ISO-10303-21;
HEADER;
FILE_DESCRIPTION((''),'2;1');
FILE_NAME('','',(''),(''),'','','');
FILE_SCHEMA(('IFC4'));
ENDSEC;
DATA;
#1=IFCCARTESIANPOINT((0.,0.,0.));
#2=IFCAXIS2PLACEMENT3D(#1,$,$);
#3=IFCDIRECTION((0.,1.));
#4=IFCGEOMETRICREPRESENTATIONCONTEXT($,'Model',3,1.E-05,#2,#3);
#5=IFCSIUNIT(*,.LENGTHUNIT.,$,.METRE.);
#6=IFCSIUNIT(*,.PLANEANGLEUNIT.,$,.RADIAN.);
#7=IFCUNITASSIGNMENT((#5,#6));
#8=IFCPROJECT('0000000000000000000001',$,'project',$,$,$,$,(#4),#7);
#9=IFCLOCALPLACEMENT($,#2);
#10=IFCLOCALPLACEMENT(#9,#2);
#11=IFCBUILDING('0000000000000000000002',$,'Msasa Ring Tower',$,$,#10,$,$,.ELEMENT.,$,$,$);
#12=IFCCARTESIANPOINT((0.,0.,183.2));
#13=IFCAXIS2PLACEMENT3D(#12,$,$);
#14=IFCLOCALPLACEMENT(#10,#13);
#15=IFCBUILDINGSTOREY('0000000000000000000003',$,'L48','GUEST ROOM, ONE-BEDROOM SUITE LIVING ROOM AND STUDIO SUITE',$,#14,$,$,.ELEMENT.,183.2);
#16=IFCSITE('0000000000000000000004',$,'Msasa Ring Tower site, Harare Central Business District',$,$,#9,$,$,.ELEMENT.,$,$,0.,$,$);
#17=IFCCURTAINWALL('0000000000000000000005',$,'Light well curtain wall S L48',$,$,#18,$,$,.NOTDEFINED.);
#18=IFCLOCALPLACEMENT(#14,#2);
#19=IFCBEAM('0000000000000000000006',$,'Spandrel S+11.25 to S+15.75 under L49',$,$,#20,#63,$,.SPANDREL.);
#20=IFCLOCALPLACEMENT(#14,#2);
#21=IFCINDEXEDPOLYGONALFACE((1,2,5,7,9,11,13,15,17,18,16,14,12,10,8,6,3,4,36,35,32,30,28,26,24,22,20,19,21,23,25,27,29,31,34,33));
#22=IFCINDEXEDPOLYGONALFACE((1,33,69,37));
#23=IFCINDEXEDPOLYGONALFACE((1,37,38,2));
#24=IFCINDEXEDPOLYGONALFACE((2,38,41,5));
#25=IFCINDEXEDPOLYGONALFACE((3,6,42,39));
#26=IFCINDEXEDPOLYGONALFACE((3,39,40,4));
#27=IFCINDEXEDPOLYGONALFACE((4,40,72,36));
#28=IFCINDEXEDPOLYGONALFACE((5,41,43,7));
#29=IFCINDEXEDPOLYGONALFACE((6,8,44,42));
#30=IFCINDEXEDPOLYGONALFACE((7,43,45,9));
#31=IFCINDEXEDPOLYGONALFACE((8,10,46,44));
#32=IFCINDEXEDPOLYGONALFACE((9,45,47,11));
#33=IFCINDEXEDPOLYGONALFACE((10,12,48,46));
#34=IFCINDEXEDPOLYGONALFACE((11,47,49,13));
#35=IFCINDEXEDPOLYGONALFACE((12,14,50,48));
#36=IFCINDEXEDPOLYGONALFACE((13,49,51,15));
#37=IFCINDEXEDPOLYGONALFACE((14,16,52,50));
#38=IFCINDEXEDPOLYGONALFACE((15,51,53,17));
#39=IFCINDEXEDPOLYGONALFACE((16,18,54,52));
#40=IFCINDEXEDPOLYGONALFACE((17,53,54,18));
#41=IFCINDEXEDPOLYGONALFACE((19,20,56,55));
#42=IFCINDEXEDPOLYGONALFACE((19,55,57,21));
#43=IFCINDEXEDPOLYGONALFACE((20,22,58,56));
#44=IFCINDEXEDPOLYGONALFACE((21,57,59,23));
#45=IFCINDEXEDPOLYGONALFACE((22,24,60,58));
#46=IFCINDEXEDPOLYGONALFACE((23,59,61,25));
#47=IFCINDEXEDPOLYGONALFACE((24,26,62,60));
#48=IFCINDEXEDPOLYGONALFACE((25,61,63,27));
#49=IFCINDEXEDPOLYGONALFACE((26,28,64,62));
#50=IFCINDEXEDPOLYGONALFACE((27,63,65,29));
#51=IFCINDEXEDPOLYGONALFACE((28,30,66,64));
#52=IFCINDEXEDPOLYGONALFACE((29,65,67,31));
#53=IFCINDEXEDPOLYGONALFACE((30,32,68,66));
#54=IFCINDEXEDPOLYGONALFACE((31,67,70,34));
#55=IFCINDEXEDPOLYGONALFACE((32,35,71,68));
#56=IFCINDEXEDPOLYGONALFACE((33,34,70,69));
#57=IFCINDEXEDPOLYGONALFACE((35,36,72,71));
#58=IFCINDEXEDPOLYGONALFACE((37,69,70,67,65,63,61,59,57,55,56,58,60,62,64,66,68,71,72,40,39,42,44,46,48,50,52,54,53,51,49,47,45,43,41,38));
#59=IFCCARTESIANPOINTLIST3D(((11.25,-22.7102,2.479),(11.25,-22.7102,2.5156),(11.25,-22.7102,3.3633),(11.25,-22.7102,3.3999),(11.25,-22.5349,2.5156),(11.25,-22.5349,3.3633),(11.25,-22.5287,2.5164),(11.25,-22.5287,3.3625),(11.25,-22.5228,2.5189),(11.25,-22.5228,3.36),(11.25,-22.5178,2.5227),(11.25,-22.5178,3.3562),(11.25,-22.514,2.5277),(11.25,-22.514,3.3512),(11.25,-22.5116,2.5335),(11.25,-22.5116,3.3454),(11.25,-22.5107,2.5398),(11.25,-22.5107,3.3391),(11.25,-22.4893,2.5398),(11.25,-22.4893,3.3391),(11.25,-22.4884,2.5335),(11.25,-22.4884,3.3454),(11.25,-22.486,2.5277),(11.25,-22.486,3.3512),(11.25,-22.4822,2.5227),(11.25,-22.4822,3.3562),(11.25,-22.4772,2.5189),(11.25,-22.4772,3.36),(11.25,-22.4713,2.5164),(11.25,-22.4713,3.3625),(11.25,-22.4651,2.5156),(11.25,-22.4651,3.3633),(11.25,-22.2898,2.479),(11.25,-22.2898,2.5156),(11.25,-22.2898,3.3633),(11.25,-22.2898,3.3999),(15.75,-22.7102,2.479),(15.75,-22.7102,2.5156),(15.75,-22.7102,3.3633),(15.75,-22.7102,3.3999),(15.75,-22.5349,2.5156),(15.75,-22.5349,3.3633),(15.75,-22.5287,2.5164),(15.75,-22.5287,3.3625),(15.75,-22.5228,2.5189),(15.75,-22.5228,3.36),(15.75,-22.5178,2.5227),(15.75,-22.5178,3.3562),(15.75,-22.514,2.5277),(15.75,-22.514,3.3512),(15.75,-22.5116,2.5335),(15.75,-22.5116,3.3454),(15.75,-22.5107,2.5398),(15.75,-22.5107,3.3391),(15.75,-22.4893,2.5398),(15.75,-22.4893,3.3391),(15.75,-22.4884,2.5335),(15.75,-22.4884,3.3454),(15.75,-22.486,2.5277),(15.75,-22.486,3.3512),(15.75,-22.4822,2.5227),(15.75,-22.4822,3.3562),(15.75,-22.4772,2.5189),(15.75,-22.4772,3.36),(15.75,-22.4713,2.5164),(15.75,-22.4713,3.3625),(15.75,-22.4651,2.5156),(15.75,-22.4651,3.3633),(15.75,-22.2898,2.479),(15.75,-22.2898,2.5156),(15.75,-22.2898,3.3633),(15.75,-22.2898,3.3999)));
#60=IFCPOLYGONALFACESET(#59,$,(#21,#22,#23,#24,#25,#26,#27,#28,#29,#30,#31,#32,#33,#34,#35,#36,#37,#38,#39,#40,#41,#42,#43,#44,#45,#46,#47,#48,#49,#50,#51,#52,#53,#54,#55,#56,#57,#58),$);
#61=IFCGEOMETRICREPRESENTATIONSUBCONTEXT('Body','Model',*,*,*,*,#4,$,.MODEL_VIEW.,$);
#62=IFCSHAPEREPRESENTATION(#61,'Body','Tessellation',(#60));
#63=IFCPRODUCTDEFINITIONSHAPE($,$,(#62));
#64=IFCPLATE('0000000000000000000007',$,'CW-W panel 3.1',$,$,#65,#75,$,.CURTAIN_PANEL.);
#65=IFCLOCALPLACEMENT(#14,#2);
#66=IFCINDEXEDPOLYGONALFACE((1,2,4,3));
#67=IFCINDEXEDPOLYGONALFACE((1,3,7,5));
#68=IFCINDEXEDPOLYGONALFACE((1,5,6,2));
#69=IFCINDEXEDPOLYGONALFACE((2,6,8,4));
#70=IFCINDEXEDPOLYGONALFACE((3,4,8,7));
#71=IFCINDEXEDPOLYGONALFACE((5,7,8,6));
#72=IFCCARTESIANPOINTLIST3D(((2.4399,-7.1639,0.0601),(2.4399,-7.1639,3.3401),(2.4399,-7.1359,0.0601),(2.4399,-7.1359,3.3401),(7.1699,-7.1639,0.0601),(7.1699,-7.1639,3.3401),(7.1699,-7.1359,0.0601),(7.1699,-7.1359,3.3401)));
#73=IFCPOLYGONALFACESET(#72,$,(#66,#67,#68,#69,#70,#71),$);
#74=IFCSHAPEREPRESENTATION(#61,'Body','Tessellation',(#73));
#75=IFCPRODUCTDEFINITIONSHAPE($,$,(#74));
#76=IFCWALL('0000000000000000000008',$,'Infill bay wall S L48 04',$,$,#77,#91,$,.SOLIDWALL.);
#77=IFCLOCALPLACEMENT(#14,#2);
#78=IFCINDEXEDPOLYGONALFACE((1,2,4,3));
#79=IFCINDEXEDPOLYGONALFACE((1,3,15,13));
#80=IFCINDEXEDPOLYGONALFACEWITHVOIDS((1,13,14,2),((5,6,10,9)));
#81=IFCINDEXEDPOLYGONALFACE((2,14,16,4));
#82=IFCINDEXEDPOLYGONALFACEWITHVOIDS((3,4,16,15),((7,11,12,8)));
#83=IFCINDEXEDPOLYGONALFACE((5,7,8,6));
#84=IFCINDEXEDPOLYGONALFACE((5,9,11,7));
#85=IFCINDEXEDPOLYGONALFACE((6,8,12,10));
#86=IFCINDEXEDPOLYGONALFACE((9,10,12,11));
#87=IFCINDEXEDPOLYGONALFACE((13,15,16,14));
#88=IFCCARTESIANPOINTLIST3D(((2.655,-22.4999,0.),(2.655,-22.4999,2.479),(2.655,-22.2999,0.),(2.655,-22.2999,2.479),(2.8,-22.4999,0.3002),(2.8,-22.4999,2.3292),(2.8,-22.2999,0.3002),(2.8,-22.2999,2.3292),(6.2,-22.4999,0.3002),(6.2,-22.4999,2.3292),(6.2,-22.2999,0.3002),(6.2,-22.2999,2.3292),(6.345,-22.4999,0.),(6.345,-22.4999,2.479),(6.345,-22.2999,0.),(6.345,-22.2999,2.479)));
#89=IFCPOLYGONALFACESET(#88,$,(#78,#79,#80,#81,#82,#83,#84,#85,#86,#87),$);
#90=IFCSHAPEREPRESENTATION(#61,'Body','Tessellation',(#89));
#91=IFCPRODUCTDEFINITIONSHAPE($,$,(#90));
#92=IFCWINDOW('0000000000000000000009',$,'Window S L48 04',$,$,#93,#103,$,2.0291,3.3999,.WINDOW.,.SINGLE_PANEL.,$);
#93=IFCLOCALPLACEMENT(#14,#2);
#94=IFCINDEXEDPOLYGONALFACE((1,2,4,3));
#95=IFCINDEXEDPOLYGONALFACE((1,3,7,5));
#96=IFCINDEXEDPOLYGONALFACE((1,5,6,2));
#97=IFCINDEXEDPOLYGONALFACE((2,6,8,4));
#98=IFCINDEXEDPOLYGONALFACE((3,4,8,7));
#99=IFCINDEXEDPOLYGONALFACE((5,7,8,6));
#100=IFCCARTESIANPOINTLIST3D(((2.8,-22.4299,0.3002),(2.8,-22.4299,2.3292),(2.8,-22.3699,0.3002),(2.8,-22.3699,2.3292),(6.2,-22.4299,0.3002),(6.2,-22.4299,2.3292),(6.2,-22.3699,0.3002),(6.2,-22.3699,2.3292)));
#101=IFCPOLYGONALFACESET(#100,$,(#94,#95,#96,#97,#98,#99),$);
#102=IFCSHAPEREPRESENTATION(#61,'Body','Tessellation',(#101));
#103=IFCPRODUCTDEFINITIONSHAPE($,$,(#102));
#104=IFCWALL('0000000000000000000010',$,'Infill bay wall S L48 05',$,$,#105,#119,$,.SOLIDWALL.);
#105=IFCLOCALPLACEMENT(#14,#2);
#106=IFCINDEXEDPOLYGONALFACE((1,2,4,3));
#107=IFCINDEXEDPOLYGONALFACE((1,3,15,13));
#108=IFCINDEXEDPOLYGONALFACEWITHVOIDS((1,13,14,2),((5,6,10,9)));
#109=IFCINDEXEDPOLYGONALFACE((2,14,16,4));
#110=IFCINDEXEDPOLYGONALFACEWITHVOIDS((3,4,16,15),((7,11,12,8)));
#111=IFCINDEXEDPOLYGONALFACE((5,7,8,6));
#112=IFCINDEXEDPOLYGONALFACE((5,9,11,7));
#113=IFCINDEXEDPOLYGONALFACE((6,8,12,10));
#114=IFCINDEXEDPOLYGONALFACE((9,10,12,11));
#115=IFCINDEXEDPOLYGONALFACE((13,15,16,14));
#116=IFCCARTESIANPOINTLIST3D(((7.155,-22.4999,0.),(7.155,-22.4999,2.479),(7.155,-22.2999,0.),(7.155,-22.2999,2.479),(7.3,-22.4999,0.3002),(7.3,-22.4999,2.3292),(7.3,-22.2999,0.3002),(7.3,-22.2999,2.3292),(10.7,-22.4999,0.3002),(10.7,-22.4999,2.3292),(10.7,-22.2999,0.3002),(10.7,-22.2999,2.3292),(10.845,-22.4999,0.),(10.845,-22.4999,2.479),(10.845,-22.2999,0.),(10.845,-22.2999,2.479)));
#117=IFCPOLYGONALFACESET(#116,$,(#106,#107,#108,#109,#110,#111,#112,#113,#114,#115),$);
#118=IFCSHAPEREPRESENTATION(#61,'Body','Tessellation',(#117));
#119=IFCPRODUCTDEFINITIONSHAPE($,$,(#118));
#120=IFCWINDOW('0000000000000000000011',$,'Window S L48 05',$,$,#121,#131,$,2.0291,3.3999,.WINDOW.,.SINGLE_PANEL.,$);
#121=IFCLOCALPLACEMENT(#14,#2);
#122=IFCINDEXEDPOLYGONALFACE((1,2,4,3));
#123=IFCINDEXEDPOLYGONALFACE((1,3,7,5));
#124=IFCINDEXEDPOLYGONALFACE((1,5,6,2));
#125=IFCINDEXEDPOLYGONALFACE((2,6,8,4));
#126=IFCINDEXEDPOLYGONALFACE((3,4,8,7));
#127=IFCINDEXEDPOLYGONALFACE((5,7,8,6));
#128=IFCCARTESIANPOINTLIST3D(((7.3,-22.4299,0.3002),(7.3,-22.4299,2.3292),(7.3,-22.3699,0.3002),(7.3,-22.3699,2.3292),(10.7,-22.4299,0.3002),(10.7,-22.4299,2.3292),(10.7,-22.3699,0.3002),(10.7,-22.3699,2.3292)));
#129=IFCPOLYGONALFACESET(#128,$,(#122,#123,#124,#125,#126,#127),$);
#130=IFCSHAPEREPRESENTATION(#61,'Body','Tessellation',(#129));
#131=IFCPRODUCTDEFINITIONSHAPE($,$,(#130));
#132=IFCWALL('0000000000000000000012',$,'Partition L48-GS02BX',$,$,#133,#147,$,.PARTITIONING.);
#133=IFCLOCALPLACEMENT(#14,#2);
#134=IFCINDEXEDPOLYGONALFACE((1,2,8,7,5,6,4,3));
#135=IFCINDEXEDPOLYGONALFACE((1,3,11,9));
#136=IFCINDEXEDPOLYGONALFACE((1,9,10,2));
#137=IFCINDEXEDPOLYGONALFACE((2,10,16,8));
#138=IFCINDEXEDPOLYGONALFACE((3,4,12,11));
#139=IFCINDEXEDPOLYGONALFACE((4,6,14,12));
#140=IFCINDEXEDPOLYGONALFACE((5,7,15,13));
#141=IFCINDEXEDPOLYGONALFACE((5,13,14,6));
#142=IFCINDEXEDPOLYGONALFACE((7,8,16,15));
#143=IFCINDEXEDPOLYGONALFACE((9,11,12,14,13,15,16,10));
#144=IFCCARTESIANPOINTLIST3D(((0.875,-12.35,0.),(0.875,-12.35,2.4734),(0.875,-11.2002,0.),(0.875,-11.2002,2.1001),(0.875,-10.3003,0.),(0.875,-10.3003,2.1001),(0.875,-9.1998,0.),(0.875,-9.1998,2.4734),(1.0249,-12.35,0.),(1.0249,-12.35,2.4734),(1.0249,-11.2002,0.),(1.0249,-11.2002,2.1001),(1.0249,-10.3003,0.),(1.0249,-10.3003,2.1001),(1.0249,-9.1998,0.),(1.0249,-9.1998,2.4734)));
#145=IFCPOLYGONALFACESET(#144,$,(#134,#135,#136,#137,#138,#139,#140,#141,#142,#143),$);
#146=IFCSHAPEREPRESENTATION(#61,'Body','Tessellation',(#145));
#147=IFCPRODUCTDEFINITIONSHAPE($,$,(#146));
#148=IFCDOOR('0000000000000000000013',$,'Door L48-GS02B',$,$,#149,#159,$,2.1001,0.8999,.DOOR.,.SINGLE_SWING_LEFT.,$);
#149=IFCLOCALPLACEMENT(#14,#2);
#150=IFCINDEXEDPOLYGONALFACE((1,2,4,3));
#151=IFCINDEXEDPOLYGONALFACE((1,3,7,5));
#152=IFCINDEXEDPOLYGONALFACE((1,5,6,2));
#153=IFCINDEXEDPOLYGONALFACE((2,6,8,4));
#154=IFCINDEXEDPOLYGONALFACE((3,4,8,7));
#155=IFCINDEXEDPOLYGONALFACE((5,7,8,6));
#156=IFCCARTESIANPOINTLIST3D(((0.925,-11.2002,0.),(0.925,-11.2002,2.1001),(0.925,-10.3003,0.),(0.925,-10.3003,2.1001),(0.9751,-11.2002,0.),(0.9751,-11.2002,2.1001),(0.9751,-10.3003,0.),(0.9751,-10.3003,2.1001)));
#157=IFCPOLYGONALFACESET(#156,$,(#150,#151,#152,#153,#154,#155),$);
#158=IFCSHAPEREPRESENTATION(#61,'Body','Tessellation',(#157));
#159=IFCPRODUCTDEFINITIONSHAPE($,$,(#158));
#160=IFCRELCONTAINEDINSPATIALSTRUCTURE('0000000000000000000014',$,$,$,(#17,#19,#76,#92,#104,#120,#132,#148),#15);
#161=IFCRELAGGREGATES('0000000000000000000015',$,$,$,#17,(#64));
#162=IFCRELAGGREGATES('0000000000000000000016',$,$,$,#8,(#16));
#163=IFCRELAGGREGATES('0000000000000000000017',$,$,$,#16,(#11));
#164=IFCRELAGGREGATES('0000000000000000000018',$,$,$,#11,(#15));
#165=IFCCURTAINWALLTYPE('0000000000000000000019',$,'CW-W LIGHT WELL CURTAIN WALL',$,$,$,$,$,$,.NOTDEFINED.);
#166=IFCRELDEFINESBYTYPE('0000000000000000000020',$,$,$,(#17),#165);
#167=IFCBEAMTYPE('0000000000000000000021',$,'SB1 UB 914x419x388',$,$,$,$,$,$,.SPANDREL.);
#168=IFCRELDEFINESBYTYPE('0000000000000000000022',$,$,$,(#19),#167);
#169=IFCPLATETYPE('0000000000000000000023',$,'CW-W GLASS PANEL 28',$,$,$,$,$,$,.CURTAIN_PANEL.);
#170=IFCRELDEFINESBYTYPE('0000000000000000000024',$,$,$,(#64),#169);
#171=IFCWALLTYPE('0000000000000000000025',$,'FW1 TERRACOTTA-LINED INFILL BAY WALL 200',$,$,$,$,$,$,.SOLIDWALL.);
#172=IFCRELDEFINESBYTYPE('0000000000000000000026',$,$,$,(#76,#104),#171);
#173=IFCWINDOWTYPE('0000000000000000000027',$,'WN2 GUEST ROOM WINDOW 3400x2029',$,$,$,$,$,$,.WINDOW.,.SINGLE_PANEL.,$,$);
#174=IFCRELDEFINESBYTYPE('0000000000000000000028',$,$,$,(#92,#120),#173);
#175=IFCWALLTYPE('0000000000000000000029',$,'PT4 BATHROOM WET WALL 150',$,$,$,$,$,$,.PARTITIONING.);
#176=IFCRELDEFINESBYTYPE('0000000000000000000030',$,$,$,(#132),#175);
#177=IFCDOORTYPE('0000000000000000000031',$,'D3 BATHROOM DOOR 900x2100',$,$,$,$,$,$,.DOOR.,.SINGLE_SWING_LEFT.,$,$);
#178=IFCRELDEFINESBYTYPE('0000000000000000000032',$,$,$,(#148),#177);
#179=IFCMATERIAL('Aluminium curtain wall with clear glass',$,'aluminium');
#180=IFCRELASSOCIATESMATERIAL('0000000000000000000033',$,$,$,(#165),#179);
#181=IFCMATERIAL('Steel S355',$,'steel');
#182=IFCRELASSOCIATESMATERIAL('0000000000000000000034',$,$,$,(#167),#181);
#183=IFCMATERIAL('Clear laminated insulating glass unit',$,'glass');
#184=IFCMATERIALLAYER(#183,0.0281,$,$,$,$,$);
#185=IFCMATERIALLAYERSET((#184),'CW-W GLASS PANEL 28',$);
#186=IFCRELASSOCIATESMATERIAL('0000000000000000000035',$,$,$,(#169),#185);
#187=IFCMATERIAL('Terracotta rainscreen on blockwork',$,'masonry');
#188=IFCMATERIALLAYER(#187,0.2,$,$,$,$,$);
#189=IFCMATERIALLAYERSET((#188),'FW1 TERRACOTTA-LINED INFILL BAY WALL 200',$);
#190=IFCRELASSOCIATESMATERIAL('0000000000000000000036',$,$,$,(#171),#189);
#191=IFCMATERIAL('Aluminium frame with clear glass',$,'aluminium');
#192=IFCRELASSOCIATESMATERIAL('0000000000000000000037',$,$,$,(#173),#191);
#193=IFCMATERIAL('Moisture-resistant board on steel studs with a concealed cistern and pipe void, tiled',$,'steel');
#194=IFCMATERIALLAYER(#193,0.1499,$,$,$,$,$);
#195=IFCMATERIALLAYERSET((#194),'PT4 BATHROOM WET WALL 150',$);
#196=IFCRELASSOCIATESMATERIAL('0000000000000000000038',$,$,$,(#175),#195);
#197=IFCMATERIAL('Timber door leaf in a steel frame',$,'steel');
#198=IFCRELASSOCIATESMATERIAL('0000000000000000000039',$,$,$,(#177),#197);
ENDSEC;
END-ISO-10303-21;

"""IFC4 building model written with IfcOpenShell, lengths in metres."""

from ifc_helpers import new_model, si_unit, direction, frame, frame_2d, origin, origin_2d, place, context, subcontext, project, spatial, rectangle, i_section, extrude, material, layer, layer_set, material_profile, profile_set, type_object, element, fill, aggregate, save


model = new_model("IFC4")

# Units and contexts
model_context = context("Model", 3, precision=1e-05, world=origin(), true_north=direction((0.0, 1.0)))
body_context = subcontext(model_context, "Body", "Model", "MODEL_VIEW")
ifc_project = project(units=[si_unit("LENGTHUNIT", "METRE"), si_unit("PLANEANGLEUNIT", "RADIAN")], contexts=[model_context])

# Site, building, storey
site_placement = place(None, origin())
site = spatial("IfcSite", under=ifc_project, at=site_placement, Name="Msasa Ring Tower site, Harare Central Business District", CompositionType="ELEMENT", RefElevation=0.0)
building_placement = place(site_placement, origin())
building = spatial("IfcBuilding", under=site, at=building_placement, Name="Msasa Ring Tower", CompositionType="ELEMENT")
storey_placement = place(building_placement, frame((0.0, 0.0, 183.2)))
storey = spatial("IfcBuildingStorey", under=building, at=storey_placement, Name="L48", Description="GUEST ROOM, ONE-BEDROOM SUITE LIVING ROOM AND STUDIO SUITE", CompositionType="ELEMENT", Elevation=183.2)

# Curtain wall
ifc_material_1 = material(Name="Aluminium curtain wall with clear glass", Category="aluminium")
curtain_wall_type = type_object("IfcCurtainWallType", Name="CW-W LIGHT WELL CURTAIN WALL", PredefinedType="NOTDEFINED", material=ifc_material_1)
curtain_wall_1_placement = place(storey_placement, origin())
curtain_wall_1 = element("IfcCurtainWall", 1, at=curtain_wall_1_placement, inside=storey, type_object=curtain_wall_type, Name="Light well curtain wall S L48", PredefinedType="NOTDEFINED")

# Beam
ifc_material_2 = material(Name="Steel S355", Category="steel")
ifc_material_profile_1 = material_profile(ifc_material_2, i_section(OverallWidth=0.4204, OverallDepth=0.9209, WebThickness=0.0215, FlangeThickness=0.0366, FilletRadius=0.0242, at=origin_2d()), Name="UB 914x419x388")
ifc_profile_set_1 = profile_set([ifc_material_profile_1], Name="Steel S355")
beam_type_1 = type_object("IfcBeamType", Name="SB1 UB 914x419x388", PredefinedType="SPANDREL", material=ifc_profile_set_1)
for number, where, z_axis, x_axis, name in (
    (2, (11.25, -22.5, 2.9395), (1.0, 0.0, 0.0), (0.0, 1.0, 0.0), "Spandrel S+11.25 to S+15.75 under L49"),
):
    element("IfcBeam", number, at=place(storey_placement, frame(where, z_axis=z_axis, x_axis=x_axis)), inside=storey, type_object=beam_type_1, Name=name, PredefinedType="SPANDREL", context=body_context, shape_type="SweptSolid", body=[
        extrude(i_section(OverallWidth=0.4204, OverallDepth=0.9209, WebThickness=0.0215, FlangeThickness=0.0366, FilletRadius=0.0242, at=origin_2d()), origin(), (0.0, 0.0, 1.0), 4.5),
    ])

# Plate
ifc_material_3 = material(Name="Clear laminated insulating glass unit", Category="glass")
ifc_layer_1 = layer(ifc_material_3, 0.0281)
ifc_layer_set_1 = layer_set([ifc_layer_1], Name="CW-W GLASS PANEL 28")
plate_type = type_object("IfcPlateType", Name="CW-W GLASS PANEL 28", PredefinedType="CURTAIN_PANEL", material=ifc_layer_set_1)
plate_placement = place(storey_placement, frame((4.8049, -7.1499, 0.0601), z_axis=(0.0, 0.0, 1.0), x_axis=(1.0, 0.0, 0.0)))
plate = element("IfcPlate", 3, at=plate_placement, type_object=plate_type, Name="CW-W panel 3.1", PredefinedType="CURTAIN_PANEL", context=body_context, shape_type="SweptSolid", body=[
    extrude(rectangle(XDim=4.73, YDim=0.0281, at=origin_2d()), origin(), (0.0, 0.0, 1.0), 3.28),
])
aggregate(curtain_wall_1, [plate])

# Walls, openings, windows
ifc_material_4 = material(Name="Terracotta rainscreen on blockwork", Category="masonry")
ifc_layer_2 = layer(ifc_material_4, 0.2)
ifc_layer_set_2 = layer_set([ifc_layer_2], Name="FW1 TERRACOTTA-LINED INFILL BAY WALL 200")
wall_type_1 = type_object("IfcWallType", Name="FW1 TERRACOTTA-LINED INFILL BAY WALL 200", PredefinedType="SOLIDWALL", material=ifc_layer_set_2)
wall_1_placement = place(storey_placement, frame((2.655, -22.3999, 0.0), z_axis=(0.0, 0.0, 1.0), x_axis=(1.0, 0.0, 0.0)))
wall_1 = element("IfcWall", 4, at=wall_1_placement, inside=storey, type_object=wall_type_1, Name="Infill bay wall S L48 04", PredefinedType="SOLIDWALL", context=body_context, shape_type="SweptSolid", body=[
    extrude(rectangle(XDim=3.6899, YDim=0.2, at=frame_2d((1.845, 0.0))), origin(), (0.0, 0.0, 1.0), 2.479),
])
opening_1_placement = place(wall_1_placement, frame((0.145, 0.0, 0.3)))
opening_1 = element("IfcOpeningElement", 5, at=opening_1_placement, cuts=wall_1, PredefinedType="OPENING", context=body_context, shape_type="SweptSolid", body=[
    extrude(rectangle(XDim=3.3999, YDim=2.0291, at=frame_2d((1.7, 1.0146))), frame((0.0, 0.1099, 0.0), z_axis=(0.0, -1.0, 0.0), x_axis=(1.0, 0.0, 0.0)), (0.0, 0.0, 1.0), 0.22),
])
ifc_material_5 = material(Name="Aluminium frame with clear glass", Category="aluminium")
window_type = type_object("IfcWindowType", Name="WN2 GUEST ROOM WINDOW 3400x2029", PartitioningType="SINGLE_PANEL", PredefinedType="WINDOW", material=ifc_material_5)
window_1_placement = place(opening_1_placement, origin())
window_1 = element("IfcWindow", 6, at=window_1_placement, inside=storey, type_object=window_type, Name="Window S L48 04", OverallHeight=2.0291, OverallWidth=3.3999, PartitioningType="SINGLE_PANEL", PredefinedType="WINDOW", context=body_context, shape_type="SweptSolid", body=[
    extrude(rectangle(XDim=3.3999, YDim=2.0291, at=frame_2d((1.7, 1.0146))), frame((0.0, 0.03, 0.0), z_axis=(0.0, -1.0, 0.0), x_axis=(1.0, 0.0, 0.0)), (0.0, 0.0, 1.0), 0.0601),
])
fill(opening_1, window_1)
wall_2_placement = place(storey_placement, frame((7.155, -22.3999, 0.0), z_axis=(0.0, 0.0, 1.0), x_axis=(1.0, 0.0, 0.0)))
wall_2 = element("IfcWall", 7, at=wall_2_placement, inside=storey, type_object=wall_type_1, Name="Infill bay wall S L48 05", PredefinedType="SOLIDWALL", context=body_context, shape_type="SweptSolid", body=[
    extrude(rectangle(XDim=3.6899, YDim=0.2, at=frame_2d((1.845, 0.0))), origin(), (0.0, 0.0, 1.0), 2.479),
])
opening_2_placement = place(wall_2_placement, frame((0.145, 0.0, 0.3)))
opening_2 = element("IfcOpeningElement", 8, at=opening_2_placement, cuts=wall_2, PredefinedType="OPENING", context=body_context, shape_type="SweptSolid", body=[
    extrude(rectangle(XDim=3.3999, YDim=2.0291, at=frame_2d((1.7, 1.0146))), frame((0.0, 0.1099, 0.0), z_axis=(0.0, -1.0, 0.0), x_axis=(1.0, 0.0, 0.0)), (0.0, 0.0, 1.0), 0.22),
])
window_2_placement = place(opening_2_placement, origin())
window_2 = element("IfcWindow", 9, at=window_2_placement, inside=storey, type_object=window_type, Name="Window S L48 05", OverallHeight=2.0291, OverallWidth=3.3999, PartitioningType="SINGLE_PANEL", PredefinedType="WINDOW", context=body_context, shape_type="SweptSolid", body=[
    extrude(rectangle(XDim=3.3999, YDim=2.0291, at=frame_2d((1.7, 1.0146))), frame((0.0, 0.03, 0.0), z_axis=(0.0, -1.0, 0.0), x_axis=(1.0, 0.0, 0.0)), (0.0, 0.0, 1.0), 0.0601),
])
fill(opening_2, window_2)

# Wall, opening, door
ifc_material_6 = material(Name="Moisture-resistant board on steel studs with a concealed cistern and pipe void, tiled", Category="steel")
ifc_layer_3 = layer(ifc_material_6, 0.1499)
ifc_layer_set_3 = layer_set([ifc_layer_3], Name="PT4 BATHROOM WET WALL 150")
wall_type_2 = type_object("IfcWallType", Name="PT4 BATHROOM WET WALL 150", PredefinedType="PARTITIONING", material=ifc_layer_set_3)
wall_3_placement = place(storey_placement, frame((0.95, -12.3501, 0.0), z_axis=(0.0, 0.0, 1.0), x_axis=(0.0, 1.0, 0.0)))
wall_3 = element("IfcWall", 10, at=wall_3_placement, inside=storey, type_object=wall_type_2, Name="Partition L48-GS02BX", PredefinedType="PARTITIONING", context=body_context, shape_type="SweptSolid", body=[
    extrude(rectangle(XDim=3.1501, YDim=0.1499, at=frame_2d((1.5752, 0.0))), origin(), (0.0, 0.0, 1.0), 2.4734),
])
opening_3_placement = place(wall_3_placement, frame((1.1499, 0.0, 0.0)))
opening_3 = element("IfcOpeningElement", 11, at=opening_3_placement, cuts=wall_3, PredefinedType="OPENING", context=body_context, shape_type="SweptSolid", body=[
    extrude(rectangle(XDim=0.8999, YDim=2.1001, at=frame_2d((0.45, 1.05))), frame((0.0, 0.085, 0.0), z_axis=(0.0, -1.0, 0.0), x_axis=(1.0, 0.0, 0.0)), (0.0, 0.0, 1.0), 0.1699),
])
ifc_material_7 = material(Name="Timber door leaf in a steel frame", Category="steel")
door_type = type_object("IfcDoorType", Name="D3 BATHROOM DOOR 900x2100", OperationType="SINGLE_SWING_LEFT", PredefinedType="DOOR", material=ifc_material_7)
door_1_placement = place(opening_3_placement, origin())
door_1 = element("IfcDoor", 12, at=door_1_placement, inside=storey, type_object=door_type, Name="Door L48-GS02B", OperationType="SINGLE_SWING_LEFT", OverallHeight=2.1001, OverallWidth=0.8999, PredefinedType="DOOR", context=body_context, shape_type="SweptSolid", body=[
    extrude(rectangle(XDim=0.8999, YDim=2.1001, at=frame_2d((0.45, 1.05))), frame((0.0, 0.0249, 0.0), z_axis=(0.0, -1.0, 0.0), x_axis=(1.0, 0.0, 0.0)), (0.0, 0.0, 1.0), 0.05),
])
fill(opening_3, door_1)

save(model, "model.ifc")
